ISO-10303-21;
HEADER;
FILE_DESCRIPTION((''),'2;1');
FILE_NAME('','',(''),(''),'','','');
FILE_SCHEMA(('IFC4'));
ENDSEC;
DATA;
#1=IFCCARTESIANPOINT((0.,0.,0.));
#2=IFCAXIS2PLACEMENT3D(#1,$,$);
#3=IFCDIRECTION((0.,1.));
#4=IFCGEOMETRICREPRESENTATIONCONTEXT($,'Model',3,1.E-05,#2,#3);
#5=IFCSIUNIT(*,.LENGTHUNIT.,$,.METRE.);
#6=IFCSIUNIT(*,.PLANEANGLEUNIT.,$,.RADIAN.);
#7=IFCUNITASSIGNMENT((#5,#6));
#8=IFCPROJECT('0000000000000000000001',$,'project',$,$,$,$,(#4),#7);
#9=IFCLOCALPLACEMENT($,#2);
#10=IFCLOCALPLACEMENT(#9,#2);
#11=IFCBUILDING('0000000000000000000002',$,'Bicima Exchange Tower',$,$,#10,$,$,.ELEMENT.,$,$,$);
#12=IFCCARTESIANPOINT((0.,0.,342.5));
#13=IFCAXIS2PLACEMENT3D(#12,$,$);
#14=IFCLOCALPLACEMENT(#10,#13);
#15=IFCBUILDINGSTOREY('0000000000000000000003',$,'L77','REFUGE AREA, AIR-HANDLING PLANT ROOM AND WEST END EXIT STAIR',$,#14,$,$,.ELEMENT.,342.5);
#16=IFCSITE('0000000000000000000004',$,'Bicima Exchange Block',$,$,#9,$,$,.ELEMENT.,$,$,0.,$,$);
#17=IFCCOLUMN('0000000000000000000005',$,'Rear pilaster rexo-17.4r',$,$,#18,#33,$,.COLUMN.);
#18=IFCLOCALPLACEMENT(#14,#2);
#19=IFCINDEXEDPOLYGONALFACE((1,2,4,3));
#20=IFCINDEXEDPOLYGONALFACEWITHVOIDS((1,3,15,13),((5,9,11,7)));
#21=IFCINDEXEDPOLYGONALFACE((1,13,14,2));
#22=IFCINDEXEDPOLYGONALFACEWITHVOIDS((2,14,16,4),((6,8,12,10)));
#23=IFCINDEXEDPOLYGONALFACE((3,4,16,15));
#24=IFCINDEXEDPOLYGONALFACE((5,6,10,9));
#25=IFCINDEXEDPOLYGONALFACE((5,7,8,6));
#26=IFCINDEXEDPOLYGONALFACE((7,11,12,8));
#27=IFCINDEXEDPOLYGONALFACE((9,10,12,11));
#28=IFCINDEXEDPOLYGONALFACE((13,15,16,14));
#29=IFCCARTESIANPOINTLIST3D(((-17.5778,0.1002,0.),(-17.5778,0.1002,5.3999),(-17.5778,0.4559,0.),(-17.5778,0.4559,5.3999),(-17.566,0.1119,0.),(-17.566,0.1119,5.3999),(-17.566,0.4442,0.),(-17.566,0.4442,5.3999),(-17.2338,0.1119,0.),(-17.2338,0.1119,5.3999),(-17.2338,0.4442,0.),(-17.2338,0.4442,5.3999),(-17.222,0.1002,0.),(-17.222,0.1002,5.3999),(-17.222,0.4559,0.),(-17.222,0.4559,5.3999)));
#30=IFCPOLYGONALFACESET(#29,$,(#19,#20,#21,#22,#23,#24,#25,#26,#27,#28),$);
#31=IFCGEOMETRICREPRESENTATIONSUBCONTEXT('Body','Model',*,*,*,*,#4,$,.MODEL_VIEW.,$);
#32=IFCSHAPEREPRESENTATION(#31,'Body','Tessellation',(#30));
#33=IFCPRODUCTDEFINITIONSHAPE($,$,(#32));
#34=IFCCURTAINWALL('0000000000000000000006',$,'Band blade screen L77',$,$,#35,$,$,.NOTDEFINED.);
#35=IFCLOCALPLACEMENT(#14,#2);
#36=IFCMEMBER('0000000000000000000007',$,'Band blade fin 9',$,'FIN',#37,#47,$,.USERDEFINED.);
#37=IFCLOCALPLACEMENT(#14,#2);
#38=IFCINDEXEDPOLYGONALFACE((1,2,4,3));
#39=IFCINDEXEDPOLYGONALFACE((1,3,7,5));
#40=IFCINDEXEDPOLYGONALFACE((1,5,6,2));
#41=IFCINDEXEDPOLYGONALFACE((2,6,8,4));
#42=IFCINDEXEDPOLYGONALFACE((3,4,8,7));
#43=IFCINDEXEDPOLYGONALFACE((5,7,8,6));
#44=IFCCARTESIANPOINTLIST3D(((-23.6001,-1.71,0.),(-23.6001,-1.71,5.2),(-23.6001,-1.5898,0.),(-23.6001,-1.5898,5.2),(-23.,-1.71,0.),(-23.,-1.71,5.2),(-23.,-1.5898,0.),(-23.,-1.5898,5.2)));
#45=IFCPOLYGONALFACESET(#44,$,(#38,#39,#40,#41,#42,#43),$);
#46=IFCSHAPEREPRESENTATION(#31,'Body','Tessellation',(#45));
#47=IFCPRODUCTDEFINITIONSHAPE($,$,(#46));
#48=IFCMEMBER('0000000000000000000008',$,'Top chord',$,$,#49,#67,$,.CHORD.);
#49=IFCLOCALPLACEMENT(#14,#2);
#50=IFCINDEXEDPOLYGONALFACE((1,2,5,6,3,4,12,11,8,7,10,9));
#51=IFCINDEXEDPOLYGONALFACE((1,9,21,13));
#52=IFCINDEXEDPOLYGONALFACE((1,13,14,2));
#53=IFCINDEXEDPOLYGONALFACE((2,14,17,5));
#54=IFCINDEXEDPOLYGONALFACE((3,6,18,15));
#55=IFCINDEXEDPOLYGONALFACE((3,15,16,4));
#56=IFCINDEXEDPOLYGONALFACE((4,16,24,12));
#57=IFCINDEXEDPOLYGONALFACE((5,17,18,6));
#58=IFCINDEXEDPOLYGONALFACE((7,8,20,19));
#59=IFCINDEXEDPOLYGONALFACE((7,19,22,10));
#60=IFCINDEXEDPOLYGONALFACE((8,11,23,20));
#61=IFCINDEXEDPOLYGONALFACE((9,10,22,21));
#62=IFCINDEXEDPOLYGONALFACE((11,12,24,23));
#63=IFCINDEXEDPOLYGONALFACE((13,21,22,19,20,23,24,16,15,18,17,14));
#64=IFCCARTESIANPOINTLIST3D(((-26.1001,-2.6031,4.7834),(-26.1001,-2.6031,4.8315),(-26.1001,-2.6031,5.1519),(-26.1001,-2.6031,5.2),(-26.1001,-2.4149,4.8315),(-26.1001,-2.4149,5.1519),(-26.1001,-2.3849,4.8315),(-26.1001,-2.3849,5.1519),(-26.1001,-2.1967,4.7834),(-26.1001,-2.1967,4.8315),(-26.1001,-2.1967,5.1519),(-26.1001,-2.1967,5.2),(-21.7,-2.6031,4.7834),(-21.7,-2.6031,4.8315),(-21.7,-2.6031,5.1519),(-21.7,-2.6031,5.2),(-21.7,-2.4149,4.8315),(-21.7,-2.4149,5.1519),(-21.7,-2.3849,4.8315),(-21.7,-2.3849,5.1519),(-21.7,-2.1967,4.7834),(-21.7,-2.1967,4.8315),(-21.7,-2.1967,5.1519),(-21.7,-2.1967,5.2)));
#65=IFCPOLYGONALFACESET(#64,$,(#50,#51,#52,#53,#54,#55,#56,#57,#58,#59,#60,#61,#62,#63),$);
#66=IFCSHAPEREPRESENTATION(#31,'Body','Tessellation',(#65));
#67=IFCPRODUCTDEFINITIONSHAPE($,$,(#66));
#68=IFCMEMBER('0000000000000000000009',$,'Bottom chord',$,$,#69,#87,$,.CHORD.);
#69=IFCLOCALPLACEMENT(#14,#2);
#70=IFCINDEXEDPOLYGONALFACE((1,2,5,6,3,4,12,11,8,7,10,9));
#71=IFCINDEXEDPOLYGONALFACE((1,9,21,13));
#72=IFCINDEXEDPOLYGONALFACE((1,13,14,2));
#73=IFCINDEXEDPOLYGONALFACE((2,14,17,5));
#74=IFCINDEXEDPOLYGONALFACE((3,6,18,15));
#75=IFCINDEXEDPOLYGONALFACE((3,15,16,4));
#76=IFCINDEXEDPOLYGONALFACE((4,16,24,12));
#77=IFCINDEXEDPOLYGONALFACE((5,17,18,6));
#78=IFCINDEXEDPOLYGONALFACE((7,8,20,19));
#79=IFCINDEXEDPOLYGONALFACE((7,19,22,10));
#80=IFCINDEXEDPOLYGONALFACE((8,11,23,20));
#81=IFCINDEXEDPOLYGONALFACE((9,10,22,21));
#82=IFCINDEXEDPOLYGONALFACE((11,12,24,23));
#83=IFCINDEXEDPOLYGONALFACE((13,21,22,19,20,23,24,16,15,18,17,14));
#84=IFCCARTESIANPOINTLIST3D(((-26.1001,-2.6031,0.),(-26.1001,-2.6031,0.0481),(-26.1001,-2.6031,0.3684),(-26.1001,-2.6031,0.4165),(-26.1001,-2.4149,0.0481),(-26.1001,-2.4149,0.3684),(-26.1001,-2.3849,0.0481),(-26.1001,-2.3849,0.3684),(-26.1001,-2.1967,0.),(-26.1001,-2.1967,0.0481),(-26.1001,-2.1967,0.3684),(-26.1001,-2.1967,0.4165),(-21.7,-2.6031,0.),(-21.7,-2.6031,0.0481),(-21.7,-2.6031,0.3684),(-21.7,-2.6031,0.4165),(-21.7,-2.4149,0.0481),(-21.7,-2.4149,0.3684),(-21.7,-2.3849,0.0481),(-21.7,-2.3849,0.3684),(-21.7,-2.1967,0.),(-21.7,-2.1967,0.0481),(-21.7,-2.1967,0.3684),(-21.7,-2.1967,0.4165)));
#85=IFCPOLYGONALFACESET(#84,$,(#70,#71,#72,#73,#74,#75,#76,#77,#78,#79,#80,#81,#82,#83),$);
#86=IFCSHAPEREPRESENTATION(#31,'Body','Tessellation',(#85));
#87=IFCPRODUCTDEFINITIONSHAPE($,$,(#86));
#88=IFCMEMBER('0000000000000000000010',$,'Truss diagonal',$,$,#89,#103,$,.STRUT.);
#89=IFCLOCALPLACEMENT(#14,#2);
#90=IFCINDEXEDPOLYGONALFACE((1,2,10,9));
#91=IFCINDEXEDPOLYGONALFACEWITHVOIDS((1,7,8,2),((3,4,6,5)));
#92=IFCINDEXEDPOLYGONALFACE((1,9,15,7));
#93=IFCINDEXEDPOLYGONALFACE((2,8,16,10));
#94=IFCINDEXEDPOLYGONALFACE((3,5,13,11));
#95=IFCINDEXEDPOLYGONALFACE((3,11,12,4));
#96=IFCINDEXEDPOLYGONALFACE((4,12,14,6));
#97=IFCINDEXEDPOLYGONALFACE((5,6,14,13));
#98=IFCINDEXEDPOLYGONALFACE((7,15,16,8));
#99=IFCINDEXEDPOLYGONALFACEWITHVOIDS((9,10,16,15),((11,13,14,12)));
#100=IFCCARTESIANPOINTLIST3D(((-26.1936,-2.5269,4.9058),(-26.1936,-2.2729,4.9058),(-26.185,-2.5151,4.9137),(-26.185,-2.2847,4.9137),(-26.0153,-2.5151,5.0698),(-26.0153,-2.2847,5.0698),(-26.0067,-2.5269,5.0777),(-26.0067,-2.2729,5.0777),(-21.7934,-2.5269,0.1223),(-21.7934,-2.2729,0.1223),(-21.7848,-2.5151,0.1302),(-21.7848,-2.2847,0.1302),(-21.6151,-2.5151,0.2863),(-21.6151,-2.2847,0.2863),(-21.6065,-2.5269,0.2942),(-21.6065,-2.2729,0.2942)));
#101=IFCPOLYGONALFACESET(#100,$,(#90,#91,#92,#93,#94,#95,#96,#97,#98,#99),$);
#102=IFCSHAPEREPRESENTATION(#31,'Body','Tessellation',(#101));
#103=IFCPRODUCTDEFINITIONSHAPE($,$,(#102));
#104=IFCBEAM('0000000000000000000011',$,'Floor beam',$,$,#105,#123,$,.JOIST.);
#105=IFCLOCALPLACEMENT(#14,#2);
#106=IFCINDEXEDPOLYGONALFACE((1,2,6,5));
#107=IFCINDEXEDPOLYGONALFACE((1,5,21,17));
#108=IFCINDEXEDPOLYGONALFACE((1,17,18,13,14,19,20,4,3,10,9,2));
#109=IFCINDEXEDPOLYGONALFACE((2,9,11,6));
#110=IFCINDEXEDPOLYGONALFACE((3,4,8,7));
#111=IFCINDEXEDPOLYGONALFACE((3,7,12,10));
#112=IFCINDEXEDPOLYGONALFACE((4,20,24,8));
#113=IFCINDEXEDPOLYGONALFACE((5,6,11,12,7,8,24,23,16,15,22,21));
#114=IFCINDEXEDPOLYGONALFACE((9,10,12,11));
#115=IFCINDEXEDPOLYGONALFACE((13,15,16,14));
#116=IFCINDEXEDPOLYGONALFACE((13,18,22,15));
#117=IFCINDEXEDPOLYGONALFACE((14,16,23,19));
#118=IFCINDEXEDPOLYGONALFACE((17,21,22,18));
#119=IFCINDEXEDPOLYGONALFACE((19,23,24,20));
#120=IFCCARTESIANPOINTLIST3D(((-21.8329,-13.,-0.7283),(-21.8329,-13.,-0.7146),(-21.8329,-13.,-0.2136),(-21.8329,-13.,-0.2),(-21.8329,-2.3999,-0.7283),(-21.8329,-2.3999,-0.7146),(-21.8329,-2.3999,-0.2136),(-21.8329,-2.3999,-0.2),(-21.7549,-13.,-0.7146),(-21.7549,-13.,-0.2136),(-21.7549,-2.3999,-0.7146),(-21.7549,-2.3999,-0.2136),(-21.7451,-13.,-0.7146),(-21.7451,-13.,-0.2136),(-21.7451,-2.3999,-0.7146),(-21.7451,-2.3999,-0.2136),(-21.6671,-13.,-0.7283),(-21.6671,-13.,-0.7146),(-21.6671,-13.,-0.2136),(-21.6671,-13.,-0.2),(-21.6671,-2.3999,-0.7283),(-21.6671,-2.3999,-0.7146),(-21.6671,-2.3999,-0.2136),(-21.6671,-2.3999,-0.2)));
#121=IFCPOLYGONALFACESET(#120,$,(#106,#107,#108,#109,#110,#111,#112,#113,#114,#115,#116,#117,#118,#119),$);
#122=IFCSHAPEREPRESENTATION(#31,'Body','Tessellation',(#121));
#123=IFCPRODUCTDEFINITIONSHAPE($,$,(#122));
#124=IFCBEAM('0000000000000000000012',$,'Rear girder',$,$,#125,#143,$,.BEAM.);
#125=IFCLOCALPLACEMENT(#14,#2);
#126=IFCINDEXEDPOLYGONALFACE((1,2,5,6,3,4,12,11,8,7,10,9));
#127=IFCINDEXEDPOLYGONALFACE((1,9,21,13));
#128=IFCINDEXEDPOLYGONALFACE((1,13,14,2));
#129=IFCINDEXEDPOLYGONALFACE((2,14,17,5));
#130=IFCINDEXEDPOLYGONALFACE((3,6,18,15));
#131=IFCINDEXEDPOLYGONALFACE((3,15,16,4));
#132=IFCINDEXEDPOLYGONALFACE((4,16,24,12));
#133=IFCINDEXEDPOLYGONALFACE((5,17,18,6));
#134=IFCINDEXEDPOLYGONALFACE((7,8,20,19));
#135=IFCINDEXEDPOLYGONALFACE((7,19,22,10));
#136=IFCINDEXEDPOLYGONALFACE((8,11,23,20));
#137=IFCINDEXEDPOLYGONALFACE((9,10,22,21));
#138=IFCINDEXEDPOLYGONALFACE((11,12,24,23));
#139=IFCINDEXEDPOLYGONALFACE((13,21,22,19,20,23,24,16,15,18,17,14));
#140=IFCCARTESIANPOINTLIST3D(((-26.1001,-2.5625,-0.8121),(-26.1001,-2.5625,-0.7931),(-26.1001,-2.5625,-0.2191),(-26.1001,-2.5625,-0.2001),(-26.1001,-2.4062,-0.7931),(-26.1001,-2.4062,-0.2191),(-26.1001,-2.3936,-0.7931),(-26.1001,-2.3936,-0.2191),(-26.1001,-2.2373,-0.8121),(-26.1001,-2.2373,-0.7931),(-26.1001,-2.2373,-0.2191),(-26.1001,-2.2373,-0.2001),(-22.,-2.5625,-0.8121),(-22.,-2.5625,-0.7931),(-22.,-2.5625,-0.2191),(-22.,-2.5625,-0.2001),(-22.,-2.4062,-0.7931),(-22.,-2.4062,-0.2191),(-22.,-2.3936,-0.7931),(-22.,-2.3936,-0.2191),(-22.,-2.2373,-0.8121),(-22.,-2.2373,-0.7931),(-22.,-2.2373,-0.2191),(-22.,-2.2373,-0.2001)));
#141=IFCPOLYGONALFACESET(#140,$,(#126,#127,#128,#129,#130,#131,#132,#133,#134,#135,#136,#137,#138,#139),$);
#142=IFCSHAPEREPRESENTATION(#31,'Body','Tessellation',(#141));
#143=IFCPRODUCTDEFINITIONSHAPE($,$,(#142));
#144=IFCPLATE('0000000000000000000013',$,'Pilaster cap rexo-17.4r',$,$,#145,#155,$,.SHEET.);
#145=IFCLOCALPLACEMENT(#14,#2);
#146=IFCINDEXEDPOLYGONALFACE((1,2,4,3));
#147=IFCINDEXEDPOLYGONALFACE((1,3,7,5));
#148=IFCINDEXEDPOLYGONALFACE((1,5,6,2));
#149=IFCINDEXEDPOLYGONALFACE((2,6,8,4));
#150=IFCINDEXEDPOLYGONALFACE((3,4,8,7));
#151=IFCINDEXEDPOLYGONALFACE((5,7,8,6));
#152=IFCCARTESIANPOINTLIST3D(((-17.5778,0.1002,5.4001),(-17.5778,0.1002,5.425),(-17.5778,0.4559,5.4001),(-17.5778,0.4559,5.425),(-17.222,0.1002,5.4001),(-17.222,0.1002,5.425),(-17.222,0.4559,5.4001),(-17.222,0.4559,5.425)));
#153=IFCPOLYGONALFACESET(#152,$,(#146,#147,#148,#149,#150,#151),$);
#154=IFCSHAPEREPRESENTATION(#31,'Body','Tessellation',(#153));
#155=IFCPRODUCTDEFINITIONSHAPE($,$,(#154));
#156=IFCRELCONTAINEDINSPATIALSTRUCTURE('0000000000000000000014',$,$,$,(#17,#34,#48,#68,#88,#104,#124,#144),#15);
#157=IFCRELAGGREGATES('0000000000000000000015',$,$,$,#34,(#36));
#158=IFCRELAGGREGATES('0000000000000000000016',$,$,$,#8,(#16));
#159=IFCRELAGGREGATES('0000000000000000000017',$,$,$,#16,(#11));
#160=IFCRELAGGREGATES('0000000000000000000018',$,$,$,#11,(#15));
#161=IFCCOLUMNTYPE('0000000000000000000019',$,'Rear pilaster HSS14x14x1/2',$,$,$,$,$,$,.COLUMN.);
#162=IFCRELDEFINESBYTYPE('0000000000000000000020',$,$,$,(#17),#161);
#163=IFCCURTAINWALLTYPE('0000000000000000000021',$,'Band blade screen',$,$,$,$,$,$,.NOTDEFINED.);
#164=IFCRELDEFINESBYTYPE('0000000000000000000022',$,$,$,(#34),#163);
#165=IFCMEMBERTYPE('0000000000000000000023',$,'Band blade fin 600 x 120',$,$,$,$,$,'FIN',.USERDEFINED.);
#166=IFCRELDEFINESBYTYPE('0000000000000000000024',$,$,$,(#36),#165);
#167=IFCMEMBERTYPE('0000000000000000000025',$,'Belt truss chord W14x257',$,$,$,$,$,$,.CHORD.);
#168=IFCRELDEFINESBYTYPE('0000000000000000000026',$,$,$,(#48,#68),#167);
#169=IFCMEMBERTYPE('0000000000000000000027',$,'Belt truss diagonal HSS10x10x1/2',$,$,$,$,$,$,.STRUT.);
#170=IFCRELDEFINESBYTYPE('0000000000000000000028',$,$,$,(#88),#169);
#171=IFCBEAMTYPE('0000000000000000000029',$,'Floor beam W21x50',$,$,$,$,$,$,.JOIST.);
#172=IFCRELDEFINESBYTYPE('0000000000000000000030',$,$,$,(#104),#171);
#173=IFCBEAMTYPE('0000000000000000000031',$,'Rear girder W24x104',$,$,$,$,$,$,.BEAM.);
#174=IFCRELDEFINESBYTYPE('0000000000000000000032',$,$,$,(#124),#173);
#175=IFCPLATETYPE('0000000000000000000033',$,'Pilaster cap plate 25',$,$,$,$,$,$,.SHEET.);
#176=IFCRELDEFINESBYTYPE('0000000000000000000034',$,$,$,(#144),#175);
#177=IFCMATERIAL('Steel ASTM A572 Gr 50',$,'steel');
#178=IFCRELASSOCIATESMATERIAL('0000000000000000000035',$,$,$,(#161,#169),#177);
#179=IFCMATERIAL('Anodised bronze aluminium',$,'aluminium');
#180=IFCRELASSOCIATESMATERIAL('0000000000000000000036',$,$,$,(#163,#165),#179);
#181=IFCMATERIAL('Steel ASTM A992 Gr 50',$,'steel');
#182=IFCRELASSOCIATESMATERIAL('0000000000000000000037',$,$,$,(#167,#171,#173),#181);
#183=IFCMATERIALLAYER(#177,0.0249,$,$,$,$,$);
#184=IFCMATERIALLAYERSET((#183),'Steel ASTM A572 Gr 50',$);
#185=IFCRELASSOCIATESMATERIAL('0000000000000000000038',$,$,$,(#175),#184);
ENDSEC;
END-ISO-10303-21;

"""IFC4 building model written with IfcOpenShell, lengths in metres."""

from ifc_helpers import new_model, si_unit, direction, frame, origin, origin_2d, place, context, subcontext, project, spatial, rectangle, hollow_rectangle, i_section, extrude, material, layer, layer_set, material_profile, profile_set, type_object, element, aggregate, save


model = new_model("IFC4")

# Units and contexts
model_context = context("Model", 3, precision=1e-05, world=origin(), true_north=direction((0.0, 1.0)))
body_context = subcontext(model_context, "Body", "Model", "MODEL_VIEW")
ifc_project = project(units=[si_unit("LENGTHUNIT", "METRE"), si_unit("PLANEANGLEUNIT", "RADIAN")], contexts=[model_context])

# Site, building, storey
site_placement = place(None, origin())
site = spatial("IfcSite", under=ifc_project, at=site_placement, Name="Bicima Exchange Block", CompositionType="ELEMENT", RefElevation=0.0)
building_placement = place(site_placement, origin())
building = spatial("IfcBuilding", under=site, at=building_placement, Name="Bicima Exchange Tower", CompositionType="ELEMENT")
storey_placement = place(building_placement, frame((0.0, 0.0, 342.5)))
storey = spatial("IfcBuildingStorey", under=building, at=storey_placement, Name="L77", Description="REFUGE AREA, AIR-HANDLING PLANT ROOM AND WEST END EXIT STAIR", CompositionType="ELEMENT", Elevation=342.5)

# Column
ifc_material_1 = material(Name="Steel ASTM A572 Gr 50", Category="steel")
ifc_material_profile_1 = material_profile(ifc_material_1, hollow_rectangle(XDim=0.3557, YDim=0.3557, WallThickness=0.0117, at=origin_2d()))
ifc_profile_set_1 = profile_set([ifc_material_profile_1], Name="Steel ASTM A572 Gr 50")
column_type = type_object("IfcColumnType", Name="Rear pilaster HSS14x14x1/2", PredefinedType="COLUMN", material=ifc_profile_set_1)
column_placement = place(storey_placement, frame((-17.3999, 0.2781, 0.0), z_axis=(0.0, 0.0, 1.0), x_axis=(1.0, 0.0, 0.0)))
element("IfcColumn", 1, at=column_placement, inside=storey, type_object=column_type, Name="Rear pilaster rexo-17.4r", PredefinedType="COLUMN", context=body_context, shape_type="SweptSolid", body=[
    extrude(hollow_rectangle(XDim=0.3557, YDim=0.3557, WallThickness=0.0117, at=origin_2d()), origin(), (0.0, 0.0, 1.0), 5.3999),
])

# Curtain wall, member
ifc_material_2 = material(Name="Anodised bronze aluminium", Category="aluminium")
curtain_wall_type = type_object("IfcCurtainWallType", Name="Band blade screen", PredefinedType="NOTDEFINED", material=ifc_material_2)
curtain_wall_placement = place(storey_placement, origin())
curtain_wall = element("IfcCurtainWall", 2, at=curtain_wall_placement, inside=storey, type_object=curtain_wall_type, Name="Band blade screen L77", PredefinedType="NOTDEFINED")
ifc_material_profile_2 = material_profile(ifc_material_2, rectangle(XDim=0.6001, YDim=0.1201, at=origin_2d()))
ifc_profile_set_2 = profile_set([ifc_material_profile_2], Name="Anodised bronze aluminium")
member_type_1 = type_object("IfcMemberType", Name="Band blade fin 600 x 120", ElementType="FIN", PredefinedType="USERDEFINED", material=ifc_profile_set_2)
member_1_placement = place(storey_placement, frame((-23.3, -1.6499, 0.0), z_axis=(0.0, 0.0, 1.0), x_axis=(1.0, 0.0, 0.0)))
member_1 = element("IfcMember", 3, at=member_1_placement, type_object=member_type_1, Name="Band blade fin 9", ObjectType="FIN", PredefinedType="USERDEFINED", context=body_context, shape_type="SweptSolid", body=[
    extrude(rectangle(XDim=0.6001, YDim=0.1201, at=origin_2d()), origin(), (0.0, 0.0, 1.0), 5.2),
])
aggregate(curtain_wall, [member_1])

# Members
ifc_material_3 = material(Name="Steel ASTM A992 Gr 50", Category="steel")
ifc_material_profile_3 = material_profile(ifc_material_3, i_section(OverallWidth=0.4065, OverallDepth=0.4165, WebThickness=0.03, FlangeThickness=0.0481, at=origin_2d()))
ifc_profile_set_3 = profile_set([ifc_material_profile_3], Name="Steel ASTM A992 Gr 50")
member_type_2 = type_object("IfcMemberType", Name="Belt truss chord W14x257", PredefinedType="CHORD", material=ifc_profile_set_3)
for number, where, z_axis, x_axis, name in (
    (4, (-21.7, -2.3999, 4.9917), (-1.0, 0.0, 0.0), (0.0, -1.0, 0.0), "Top chord"),
    (5, (-21.7, -2.3999, 0.2083), (-1.0, 0.0, 0.0), (0.0, -1.0, 0.0), "Bottom chord"),
):
    element("IfcMember", number, at=place(storey_placement, frame(where, z_axis=z_axis, x_axis=x_axis)), inside=storey, type_object=member_type_2, Name=name, PredefinedType="CHORD", context=body_context, shape_type="SweptSolid", body=[
        extrude(i_section(OverallWidth=0.4065, OverallDepth=0.4165, WebThickness=0.03, FlangeThickness=0.0481, at=origin_2d()), origin(), (0.0, 0.0, 1.0), 4.4001),
    ])
ifc_material_profile_4 = material_profile(ifc_material_1, hollow_rectangle(XDim=0.2539, YDim=0.2539, WallThickness=0.0117, at=origin_2d()))
ifc_profile_set_4 = profile_set([ifc_material_profile_4], Name="Steel ASTM A572 Gr 50")
member_type_3 = type_object("IfcMemberType", Name="Belt truss diagonal HSS10x10x1/2", PredefinedType="STRUT", material=ifc_profile_set_4)
member_2_placement = place(storey_placement, frame((-21.7, -2.3999, 0.2083), z_axis=(-0.677004, 0.0, 0.735979), x_axis=(0.0, -1.0, 0.0)))
element("IfcMember", 6, at=member_2_placement, inside=storey, type_object=member_type_3, Name="Truss diagonal", PredefinedType="STRUT", context=body_context, shape_type="SweptSolid", body=[
    extrude(hollow_rectangle(XDim=0.2539, YDim=0.2539, WallThickness=0.0117, at=origin_2d()), origin(), (0.0, 0.0, 1.0), 6.4995),
])

# Beams
ifc_material_profile_5 = material_profile(ifc_material_3, i_section(OverallWidth=0.1658, OverallDepth=0.5283, WebThickness=0.0098, FlangeThickness=0.0137, at=origin_2d()))
ifc_profile_set_5 = profile_set([ifc_material_profile_5], Name="Steel ASTM A992 Gr 50")
beam_type_1 = type_object("IfcBeamType", Name="Floor beam W21x50", PredefinedType="JOIST", material=ifc_profile_set_5)
beam_1_placement = place(storey_placement, frame((-21.75, -2.3999, -0.4641), z_axis=(0.0, -1.0, 0.0), x_axis=(1.0, 0.0, 0.0)))
element("IfcBeam", 7, at=beam_1_placement, inside=storey, type_object=beam_type_1, Name="Floor beam", PredefinedType="JOIST", context=body_context, shape_type="SweptSolid", body=[
    extrude(i_section(OverallWidth=0.1658, OverallDepth=0.5283, WebThickness=0.0098, FlangeThickness=0.0137, at=origin_2d()), origin(), (0.0, 0.0, 1.0), 10.6001),
])
ifc_material_profile_6 = material_profile(ifc_material_3, i_section(OverallWidth=0.3252, OverallDepth=0.6121, WebThickness=0.0127, FlangeThickness=0.019, at=origin_2d()))
ifc_profile_set_6 = profile_set([ifc_material_profile_6], Name="Steel ASTM A992 Gr 50")
beam_type_2 = type_object("IfcBeamType", Name="Rear girder W24x104", PredefinedType="BEAM", material=ifc_profile_set_6)
beam_2_placement = place(storey_placement, frame((-22.0, -2.3999, -0.5061), z_axis=(-1.0, 0.0, 0.0), x_axis=(0.0, -1.0, 0.0)))
element("IfcBeam", 8, at=beam_2_placement, inside=storey, type_object=beam_type_2, Name="Rear girder", PredefinedType="BEAM", context=body_context, shape_type="SweptSolid", body=[
    extrude(i_section(OverallWidth=0.3252, OverallDepth=0.6121, WebThickness=0.0127, FlangeThickness=0.019, at=origin_2d()), origin(), (0.0, 0.0, 1.0), 4.1001),
])

# Plate
ifc_layer_1 = layer(ifc_material_1, 0.0249)
ifc_layer_set_1 = layer_set([ifc_layer_1], Name="Steel ASTM A572 Gr 50")
plate_type = type_object("IfcPlateType", Name="Pilaster cap plate 25", PredefinedType="SHEET", material=ifc_layer_set_1)
plate_placement = place(storey_placement, frame((-17.3999, 0.2781, 5.4001), z_axis=(0.0, 0.0, 1.0), x_axis=(1.0, 0.0, 0.0)))
element("IfcPlate", 9, at=plate_placement, inside=storey, type_object=plate_type, Name="Pilaster cap rexo-17.4r", PredefinedType="SHEET", context=body_context, shape_type="SweptSolid", body=[
    extrude(rectangle(XDim=0.3557, YDim=0.3557, at=origin_2d()), origin(), (0.0, 0.0, 1.0), 0.0249),
])

save(model, "model.ifc")
